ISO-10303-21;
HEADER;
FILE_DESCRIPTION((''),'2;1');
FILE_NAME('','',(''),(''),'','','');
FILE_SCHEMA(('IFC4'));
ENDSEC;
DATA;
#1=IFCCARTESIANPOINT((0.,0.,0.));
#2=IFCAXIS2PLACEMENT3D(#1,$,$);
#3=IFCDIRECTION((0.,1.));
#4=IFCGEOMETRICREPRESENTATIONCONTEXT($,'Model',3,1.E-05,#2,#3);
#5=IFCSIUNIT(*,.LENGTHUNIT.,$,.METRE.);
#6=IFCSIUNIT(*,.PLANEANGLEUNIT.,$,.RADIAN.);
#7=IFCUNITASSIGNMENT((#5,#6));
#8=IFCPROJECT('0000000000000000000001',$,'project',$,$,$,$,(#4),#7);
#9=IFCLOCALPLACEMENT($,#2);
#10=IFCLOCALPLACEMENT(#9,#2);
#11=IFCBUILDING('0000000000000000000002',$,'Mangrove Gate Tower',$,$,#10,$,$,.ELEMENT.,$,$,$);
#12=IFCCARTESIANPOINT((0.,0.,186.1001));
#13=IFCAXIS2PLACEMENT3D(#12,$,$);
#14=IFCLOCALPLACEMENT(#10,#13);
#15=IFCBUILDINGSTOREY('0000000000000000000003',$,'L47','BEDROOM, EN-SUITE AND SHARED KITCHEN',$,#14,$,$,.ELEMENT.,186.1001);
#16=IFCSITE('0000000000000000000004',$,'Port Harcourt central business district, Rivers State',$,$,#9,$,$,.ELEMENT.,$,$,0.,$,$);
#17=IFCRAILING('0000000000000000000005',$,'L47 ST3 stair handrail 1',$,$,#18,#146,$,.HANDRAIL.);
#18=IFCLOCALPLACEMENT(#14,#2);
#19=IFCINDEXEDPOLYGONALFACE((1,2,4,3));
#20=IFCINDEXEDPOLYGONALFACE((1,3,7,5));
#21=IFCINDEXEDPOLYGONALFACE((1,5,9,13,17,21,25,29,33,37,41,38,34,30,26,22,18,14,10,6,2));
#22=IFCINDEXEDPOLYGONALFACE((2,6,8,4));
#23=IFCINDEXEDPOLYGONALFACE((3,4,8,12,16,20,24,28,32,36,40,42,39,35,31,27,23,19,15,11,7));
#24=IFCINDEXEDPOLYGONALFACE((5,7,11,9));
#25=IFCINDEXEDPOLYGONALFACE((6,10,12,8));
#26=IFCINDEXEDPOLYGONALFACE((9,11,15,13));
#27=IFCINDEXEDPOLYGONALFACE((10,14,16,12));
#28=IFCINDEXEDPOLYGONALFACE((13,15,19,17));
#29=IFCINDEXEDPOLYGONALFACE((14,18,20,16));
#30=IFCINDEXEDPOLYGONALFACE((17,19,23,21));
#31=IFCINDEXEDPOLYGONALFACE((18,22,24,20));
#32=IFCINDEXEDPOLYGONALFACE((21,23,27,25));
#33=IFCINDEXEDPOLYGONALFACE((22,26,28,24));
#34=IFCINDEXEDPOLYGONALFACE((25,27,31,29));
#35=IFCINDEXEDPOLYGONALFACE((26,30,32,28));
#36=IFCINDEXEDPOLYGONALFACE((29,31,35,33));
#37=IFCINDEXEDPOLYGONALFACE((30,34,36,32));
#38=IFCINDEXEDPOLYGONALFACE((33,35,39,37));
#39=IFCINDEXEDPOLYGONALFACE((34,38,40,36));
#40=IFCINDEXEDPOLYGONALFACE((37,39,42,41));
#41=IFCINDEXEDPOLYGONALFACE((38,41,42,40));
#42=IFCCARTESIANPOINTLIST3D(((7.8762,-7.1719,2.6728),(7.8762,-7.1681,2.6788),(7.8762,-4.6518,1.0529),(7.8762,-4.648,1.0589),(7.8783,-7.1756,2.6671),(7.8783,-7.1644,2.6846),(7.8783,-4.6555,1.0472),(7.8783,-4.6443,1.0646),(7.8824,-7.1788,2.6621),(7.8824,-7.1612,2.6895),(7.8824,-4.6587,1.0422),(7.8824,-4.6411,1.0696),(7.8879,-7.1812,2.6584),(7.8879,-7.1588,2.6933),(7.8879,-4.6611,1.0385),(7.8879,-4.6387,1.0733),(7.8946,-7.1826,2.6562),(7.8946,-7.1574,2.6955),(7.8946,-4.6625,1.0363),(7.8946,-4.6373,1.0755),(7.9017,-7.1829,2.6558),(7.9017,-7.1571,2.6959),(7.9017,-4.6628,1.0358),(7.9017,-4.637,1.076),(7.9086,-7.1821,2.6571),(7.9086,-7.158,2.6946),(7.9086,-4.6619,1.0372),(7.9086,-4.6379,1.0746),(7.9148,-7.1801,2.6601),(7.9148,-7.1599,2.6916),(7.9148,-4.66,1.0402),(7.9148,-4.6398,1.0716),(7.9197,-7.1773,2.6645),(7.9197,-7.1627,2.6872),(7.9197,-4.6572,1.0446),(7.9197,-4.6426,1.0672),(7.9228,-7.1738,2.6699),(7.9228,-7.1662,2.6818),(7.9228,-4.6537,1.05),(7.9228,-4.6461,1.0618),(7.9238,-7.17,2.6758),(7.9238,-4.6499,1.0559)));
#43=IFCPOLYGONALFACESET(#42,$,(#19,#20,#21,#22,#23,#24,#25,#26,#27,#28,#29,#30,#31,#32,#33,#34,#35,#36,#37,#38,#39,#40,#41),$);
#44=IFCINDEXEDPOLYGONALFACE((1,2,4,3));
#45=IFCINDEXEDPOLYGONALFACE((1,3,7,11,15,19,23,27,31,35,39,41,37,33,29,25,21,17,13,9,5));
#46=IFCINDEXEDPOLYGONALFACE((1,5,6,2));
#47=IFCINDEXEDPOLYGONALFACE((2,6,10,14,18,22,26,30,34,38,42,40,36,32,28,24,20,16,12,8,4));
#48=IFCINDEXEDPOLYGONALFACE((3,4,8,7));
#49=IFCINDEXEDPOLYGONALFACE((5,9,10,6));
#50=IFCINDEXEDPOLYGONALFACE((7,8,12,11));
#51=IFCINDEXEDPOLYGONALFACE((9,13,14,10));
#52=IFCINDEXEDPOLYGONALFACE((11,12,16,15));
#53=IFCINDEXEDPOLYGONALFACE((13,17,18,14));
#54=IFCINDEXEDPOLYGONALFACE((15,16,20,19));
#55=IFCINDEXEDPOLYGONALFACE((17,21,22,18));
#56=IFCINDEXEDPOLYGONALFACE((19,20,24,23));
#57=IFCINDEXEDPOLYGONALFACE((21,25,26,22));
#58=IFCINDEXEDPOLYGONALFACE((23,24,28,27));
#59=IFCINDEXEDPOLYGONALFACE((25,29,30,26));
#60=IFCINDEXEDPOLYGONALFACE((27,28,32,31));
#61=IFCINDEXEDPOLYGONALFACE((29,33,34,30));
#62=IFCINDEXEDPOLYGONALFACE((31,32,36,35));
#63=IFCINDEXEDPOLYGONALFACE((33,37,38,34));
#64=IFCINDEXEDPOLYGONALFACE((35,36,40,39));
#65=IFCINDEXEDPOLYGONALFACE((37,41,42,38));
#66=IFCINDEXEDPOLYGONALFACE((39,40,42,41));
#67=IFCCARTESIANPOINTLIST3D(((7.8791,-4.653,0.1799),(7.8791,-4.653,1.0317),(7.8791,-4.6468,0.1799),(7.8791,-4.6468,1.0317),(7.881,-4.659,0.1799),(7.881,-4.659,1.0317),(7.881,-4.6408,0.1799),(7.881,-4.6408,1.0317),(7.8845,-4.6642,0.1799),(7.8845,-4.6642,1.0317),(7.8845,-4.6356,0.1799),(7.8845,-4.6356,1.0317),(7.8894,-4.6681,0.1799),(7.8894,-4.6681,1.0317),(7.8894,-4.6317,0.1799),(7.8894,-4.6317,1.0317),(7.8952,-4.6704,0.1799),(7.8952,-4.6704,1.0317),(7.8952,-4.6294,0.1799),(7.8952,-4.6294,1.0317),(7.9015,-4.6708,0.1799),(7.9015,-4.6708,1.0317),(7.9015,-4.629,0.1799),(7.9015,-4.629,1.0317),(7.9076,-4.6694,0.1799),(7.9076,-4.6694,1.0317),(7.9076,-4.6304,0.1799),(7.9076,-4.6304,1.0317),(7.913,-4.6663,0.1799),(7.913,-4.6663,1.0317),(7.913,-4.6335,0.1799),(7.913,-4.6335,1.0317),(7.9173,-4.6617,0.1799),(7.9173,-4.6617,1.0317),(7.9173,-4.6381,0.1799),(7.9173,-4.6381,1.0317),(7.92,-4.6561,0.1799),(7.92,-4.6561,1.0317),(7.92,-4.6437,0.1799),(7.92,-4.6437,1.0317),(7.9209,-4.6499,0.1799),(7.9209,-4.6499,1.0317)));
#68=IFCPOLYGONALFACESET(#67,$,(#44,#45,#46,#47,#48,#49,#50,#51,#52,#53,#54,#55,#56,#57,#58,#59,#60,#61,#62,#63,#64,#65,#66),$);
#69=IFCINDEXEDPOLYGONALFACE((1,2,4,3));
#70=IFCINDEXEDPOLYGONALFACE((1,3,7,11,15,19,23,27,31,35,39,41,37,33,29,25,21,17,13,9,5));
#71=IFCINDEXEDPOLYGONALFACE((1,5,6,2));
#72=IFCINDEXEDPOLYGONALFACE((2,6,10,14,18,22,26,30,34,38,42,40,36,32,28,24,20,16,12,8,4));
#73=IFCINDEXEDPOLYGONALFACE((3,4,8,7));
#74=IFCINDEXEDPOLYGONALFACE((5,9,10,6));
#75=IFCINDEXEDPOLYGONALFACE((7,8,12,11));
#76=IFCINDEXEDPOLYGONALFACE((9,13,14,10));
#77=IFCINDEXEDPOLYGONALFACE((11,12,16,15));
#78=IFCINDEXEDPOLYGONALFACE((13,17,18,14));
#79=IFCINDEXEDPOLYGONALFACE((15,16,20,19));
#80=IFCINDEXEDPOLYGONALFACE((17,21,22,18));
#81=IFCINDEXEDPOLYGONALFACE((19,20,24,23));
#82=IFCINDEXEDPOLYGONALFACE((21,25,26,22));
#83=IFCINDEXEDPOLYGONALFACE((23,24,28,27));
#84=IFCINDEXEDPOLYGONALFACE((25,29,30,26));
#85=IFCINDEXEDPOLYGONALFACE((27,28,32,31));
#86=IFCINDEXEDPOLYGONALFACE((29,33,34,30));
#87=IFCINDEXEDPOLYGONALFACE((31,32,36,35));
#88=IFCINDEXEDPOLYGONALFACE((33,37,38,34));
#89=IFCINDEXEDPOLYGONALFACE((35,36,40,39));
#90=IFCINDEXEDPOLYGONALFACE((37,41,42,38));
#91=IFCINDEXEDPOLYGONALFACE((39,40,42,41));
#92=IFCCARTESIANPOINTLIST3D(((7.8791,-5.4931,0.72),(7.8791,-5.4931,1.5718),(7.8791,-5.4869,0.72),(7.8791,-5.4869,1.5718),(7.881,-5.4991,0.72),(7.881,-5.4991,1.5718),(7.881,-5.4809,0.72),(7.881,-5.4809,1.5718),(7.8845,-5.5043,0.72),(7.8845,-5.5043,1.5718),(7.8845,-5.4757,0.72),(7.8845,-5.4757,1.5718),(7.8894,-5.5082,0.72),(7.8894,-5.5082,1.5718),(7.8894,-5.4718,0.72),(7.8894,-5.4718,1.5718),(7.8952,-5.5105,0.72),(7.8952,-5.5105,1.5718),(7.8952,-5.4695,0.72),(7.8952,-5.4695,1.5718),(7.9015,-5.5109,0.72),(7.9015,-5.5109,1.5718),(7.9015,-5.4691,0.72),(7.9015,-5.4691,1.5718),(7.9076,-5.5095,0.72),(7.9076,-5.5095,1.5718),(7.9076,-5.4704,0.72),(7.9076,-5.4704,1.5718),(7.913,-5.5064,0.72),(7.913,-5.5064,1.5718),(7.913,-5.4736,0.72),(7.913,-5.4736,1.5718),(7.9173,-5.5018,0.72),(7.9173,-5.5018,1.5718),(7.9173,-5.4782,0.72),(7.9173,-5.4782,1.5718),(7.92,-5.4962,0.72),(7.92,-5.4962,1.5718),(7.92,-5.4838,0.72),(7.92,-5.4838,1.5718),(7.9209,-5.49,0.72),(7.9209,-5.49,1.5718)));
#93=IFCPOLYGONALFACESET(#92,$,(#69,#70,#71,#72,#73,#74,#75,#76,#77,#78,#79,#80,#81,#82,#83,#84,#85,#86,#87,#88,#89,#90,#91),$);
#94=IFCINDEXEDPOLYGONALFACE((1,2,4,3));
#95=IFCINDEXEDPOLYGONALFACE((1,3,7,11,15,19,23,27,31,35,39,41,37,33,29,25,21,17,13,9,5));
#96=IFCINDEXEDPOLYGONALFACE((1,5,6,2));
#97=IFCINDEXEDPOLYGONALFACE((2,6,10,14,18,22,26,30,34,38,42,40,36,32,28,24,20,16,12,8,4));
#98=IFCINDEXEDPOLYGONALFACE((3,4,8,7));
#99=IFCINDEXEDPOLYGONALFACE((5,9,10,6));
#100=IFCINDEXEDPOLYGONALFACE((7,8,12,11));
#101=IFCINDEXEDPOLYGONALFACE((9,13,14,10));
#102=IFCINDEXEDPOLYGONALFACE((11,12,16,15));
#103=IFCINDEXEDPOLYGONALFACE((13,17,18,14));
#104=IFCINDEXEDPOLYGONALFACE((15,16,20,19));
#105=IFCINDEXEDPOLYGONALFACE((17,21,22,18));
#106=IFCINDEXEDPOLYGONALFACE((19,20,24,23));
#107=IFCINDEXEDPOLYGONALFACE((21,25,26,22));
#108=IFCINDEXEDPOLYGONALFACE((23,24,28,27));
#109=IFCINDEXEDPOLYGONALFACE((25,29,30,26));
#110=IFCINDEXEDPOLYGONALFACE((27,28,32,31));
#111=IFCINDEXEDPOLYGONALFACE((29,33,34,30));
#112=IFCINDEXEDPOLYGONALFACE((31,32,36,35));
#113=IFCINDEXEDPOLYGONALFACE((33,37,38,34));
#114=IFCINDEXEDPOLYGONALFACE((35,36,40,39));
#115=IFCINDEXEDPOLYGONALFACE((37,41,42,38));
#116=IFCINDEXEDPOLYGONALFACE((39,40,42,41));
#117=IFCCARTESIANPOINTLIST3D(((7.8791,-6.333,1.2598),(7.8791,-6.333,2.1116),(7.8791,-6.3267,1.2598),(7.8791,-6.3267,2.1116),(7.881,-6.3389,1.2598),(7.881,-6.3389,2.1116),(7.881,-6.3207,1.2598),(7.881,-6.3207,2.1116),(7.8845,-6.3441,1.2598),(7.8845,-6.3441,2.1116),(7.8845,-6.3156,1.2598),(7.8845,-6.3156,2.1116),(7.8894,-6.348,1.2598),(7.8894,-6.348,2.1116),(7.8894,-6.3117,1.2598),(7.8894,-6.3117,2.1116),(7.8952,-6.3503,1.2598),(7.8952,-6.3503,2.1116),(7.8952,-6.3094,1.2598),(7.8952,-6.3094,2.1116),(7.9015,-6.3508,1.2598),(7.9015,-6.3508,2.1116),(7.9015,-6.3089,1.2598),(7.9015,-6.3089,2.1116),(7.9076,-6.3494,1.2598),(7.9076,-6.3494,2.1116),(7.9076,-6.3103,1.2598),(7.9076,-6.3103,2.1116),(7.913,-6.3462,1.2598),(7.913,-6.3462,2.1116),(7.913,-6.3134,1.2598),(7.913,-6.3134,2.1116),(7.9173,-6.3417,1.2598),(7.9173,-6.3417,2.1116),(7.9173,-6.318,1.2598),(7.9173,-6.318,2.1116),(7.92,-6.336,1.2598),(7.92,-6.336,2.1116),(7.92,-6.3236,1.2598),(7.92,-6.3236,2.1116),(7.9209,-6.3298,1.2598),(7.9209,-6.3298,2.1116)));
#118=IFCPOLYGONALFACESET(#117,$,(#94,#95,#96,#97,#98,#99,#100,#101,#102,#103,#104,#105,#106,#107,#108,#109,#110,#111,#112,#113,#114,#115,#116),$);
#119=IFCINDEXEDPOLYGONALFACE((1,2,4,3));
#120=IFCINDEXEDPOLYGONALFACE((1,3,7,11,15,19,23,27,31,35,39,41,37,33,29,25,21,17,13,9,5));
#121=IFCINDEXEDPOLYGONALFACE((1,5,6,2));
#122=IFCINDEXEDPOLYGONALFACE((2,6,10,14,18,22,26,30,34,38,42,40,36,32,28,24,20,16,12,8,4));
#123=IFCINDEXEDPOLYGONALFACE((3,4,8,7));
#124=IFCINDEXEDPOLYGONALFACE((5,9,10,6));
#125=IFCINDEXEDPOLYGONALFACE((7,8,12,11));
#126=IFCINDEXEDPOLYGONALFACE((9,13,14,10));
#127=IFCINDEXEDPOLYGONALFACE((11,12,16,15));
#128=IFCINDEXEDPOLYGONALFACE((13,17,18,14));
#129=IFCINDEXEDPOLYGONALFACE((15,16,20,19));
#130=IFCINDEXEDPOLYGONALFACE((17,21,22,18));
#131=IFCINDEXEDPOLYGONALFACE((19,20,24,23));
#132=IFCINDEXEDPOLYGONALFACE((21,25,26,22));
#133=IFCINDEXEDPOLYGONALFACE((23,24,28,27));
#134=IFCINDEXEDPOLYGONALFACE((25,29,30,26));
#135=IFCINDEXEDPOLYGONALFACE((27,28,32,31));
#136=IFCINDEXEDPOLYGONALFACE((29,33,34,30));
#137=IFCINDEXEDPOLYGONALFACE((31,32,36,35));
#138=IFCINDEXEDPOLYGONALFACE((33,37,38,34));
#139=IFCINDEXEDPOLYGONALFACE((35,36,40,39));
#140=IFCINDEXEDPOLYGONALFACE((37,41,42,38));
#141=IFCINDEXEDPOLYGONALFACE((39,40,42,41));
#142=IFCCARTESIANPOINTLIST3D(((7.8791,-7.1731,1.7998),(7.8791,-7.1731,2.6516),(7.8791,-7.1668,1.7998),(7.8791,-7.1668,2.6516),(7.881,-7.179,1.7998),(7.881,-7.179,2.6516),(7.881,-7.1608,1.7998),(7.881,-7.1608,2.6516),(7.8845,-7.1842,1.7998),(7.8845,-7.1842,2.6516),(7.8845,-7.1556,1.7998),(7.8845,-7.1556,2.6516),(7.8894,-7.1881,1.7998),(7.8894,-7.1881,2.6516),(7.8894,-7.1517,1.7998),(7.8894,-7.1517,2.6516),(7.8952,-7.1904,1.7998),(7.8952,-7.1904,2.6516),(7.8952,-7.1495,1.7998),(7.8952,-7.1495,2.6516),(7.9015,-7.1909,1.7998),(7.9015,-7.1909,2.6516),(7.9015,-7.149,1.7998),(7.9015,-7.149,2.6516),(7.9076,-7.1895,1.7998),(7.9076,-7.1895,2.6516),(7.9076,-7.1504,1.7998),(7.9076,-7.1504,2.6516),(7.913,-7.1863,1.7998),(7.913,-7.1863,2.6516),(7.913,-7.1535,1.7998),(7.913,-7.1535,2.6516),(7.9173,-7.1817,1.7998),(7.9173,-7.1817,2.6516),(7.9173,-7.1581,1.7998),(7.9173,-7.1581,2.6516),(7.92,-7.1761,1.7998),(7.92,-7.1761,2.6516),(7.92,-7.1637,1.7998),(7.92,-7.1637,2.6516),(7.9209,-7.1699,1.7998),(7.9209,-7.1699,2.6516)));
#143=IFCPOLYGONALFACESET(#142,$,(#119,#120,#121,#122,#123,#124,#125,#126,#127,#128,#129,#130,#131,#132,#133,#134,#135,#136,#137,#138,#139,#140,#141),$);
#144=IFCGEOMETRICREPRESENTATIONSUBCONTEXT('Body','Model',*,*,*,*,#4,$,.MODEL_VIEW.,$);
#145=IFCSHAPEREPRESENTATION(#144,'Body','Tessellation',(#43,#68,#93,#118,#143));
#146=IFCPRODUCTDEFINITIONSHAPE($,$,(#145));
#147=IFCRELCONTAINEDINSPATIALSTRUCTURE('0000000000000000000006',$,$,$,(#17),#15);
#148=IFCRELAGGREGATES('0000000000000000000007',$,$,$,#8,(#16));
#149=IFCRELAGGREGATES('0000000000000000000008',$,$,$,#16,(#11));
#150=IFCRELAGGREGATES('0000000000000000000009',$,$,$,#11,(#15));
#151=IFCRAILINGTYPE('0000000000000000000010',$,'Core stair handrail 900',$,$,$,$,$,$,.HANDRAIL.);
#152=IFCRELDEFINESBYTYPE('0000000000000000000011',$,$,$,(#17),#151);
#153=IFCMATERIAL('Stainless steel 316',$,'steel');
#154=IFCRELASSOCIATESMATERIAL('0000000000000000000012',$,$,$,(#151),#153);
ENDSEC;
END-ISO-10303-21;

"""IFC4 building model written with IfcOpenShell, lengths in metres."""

from ifc_helpers import new_model, si_unit, direction, frame, origin, origin_2d, place, context, subcontext, project, spatial, circle, extrude, material, type_object, element, save


model = new_model("IFC4")

# Units and contexts
model_context = context("Model", 3, precision=1e-05, world=origin(), true_north=direction((0.0, 1.0)))
body_context = subcontext(model_context, "Body", "Model", "MODEL_VIEW")
ifc_project = project(units=[si_unit("LENGTHUNIT", "METRE"), si_unit("PLANEANGLEUNIT", "RADIAN")], contexts=[model_context])

# Site, building, storey
site_placement = place(None, origin())
site = spatial("IfcSite", under=ifc_project, at=site_placement, Name="Port Harcourt central business district, Rivers State", CompositionType="ELEMENT", RefElevation=0.0)
building_placement = place(site_placement, origin())
building = spatial("IfcBuilding", under=site, at=building_placement, Name="Mangrove Gate Tower", CompositionType="ELEMENT")
storey_placement = place(building_placement, frame((0.0, 0.0, 186.1001)))
storey = spatial("IfcBuildingStorey", under=building, at=storey_placement, Name="L47", Description="BEDROOM, EN-SUITE AND SHARED KITCHEN", CompositionType="ELEMENT", Elevation=186.1001)

# Railing
ifc_material_1 = material(Name="Stainless steel 316", Category="steel")
railing_type_1 = type_object("IfcRailingType", Name="Core stair handrail 900", PredefinedType="HANDRAIL", material=ifc_material_1)
railing_1_placement = place(storey_placement, frame((7.8999, -4.6499, 0.1799)))
element("IfcRailing", 1, at=railing_1_placement, inside=storey, type_object=railing_type_1, Name="L47 ST3 stair handrail 1", PredefinedType="HANDRAIL", context=body_context, shape_type="SweptSolid", body=[
    extrude(circle(Radius=0.0239, at=origin_2d()), frame((0.0, 0.0, 0.876), z_axis=(0.0, -0.8412, 0.540725), x_axis=(1.0, 0.0, 0.0)), (0.0, 0.0, 1.0), 2.9958),
    extrude(circle(Radius=0.021, at=origin_2d()), origin(), (0.0, 0.0, 1.0), 0.8518),
    extrude(circle(Radius=0.021, at=origin_2d()), frame((0.0, -0.8401, 0.54)), (0.0, 0.0, 1.0), 0.8518),
    extrude(circle(Radius=0.021, at=origin_2d()), frame((0.0, -1.6799, 1.0798)), (0.0, 0.0, 1.0), 0.8518),
    extrude(circle(Radius=0.021, at=origin_2d()), frame((0.0, -2.52, 1.6199)), (0.0, 0.0, 1.0), 0.8518),
])

save(model, "model.ifc")
